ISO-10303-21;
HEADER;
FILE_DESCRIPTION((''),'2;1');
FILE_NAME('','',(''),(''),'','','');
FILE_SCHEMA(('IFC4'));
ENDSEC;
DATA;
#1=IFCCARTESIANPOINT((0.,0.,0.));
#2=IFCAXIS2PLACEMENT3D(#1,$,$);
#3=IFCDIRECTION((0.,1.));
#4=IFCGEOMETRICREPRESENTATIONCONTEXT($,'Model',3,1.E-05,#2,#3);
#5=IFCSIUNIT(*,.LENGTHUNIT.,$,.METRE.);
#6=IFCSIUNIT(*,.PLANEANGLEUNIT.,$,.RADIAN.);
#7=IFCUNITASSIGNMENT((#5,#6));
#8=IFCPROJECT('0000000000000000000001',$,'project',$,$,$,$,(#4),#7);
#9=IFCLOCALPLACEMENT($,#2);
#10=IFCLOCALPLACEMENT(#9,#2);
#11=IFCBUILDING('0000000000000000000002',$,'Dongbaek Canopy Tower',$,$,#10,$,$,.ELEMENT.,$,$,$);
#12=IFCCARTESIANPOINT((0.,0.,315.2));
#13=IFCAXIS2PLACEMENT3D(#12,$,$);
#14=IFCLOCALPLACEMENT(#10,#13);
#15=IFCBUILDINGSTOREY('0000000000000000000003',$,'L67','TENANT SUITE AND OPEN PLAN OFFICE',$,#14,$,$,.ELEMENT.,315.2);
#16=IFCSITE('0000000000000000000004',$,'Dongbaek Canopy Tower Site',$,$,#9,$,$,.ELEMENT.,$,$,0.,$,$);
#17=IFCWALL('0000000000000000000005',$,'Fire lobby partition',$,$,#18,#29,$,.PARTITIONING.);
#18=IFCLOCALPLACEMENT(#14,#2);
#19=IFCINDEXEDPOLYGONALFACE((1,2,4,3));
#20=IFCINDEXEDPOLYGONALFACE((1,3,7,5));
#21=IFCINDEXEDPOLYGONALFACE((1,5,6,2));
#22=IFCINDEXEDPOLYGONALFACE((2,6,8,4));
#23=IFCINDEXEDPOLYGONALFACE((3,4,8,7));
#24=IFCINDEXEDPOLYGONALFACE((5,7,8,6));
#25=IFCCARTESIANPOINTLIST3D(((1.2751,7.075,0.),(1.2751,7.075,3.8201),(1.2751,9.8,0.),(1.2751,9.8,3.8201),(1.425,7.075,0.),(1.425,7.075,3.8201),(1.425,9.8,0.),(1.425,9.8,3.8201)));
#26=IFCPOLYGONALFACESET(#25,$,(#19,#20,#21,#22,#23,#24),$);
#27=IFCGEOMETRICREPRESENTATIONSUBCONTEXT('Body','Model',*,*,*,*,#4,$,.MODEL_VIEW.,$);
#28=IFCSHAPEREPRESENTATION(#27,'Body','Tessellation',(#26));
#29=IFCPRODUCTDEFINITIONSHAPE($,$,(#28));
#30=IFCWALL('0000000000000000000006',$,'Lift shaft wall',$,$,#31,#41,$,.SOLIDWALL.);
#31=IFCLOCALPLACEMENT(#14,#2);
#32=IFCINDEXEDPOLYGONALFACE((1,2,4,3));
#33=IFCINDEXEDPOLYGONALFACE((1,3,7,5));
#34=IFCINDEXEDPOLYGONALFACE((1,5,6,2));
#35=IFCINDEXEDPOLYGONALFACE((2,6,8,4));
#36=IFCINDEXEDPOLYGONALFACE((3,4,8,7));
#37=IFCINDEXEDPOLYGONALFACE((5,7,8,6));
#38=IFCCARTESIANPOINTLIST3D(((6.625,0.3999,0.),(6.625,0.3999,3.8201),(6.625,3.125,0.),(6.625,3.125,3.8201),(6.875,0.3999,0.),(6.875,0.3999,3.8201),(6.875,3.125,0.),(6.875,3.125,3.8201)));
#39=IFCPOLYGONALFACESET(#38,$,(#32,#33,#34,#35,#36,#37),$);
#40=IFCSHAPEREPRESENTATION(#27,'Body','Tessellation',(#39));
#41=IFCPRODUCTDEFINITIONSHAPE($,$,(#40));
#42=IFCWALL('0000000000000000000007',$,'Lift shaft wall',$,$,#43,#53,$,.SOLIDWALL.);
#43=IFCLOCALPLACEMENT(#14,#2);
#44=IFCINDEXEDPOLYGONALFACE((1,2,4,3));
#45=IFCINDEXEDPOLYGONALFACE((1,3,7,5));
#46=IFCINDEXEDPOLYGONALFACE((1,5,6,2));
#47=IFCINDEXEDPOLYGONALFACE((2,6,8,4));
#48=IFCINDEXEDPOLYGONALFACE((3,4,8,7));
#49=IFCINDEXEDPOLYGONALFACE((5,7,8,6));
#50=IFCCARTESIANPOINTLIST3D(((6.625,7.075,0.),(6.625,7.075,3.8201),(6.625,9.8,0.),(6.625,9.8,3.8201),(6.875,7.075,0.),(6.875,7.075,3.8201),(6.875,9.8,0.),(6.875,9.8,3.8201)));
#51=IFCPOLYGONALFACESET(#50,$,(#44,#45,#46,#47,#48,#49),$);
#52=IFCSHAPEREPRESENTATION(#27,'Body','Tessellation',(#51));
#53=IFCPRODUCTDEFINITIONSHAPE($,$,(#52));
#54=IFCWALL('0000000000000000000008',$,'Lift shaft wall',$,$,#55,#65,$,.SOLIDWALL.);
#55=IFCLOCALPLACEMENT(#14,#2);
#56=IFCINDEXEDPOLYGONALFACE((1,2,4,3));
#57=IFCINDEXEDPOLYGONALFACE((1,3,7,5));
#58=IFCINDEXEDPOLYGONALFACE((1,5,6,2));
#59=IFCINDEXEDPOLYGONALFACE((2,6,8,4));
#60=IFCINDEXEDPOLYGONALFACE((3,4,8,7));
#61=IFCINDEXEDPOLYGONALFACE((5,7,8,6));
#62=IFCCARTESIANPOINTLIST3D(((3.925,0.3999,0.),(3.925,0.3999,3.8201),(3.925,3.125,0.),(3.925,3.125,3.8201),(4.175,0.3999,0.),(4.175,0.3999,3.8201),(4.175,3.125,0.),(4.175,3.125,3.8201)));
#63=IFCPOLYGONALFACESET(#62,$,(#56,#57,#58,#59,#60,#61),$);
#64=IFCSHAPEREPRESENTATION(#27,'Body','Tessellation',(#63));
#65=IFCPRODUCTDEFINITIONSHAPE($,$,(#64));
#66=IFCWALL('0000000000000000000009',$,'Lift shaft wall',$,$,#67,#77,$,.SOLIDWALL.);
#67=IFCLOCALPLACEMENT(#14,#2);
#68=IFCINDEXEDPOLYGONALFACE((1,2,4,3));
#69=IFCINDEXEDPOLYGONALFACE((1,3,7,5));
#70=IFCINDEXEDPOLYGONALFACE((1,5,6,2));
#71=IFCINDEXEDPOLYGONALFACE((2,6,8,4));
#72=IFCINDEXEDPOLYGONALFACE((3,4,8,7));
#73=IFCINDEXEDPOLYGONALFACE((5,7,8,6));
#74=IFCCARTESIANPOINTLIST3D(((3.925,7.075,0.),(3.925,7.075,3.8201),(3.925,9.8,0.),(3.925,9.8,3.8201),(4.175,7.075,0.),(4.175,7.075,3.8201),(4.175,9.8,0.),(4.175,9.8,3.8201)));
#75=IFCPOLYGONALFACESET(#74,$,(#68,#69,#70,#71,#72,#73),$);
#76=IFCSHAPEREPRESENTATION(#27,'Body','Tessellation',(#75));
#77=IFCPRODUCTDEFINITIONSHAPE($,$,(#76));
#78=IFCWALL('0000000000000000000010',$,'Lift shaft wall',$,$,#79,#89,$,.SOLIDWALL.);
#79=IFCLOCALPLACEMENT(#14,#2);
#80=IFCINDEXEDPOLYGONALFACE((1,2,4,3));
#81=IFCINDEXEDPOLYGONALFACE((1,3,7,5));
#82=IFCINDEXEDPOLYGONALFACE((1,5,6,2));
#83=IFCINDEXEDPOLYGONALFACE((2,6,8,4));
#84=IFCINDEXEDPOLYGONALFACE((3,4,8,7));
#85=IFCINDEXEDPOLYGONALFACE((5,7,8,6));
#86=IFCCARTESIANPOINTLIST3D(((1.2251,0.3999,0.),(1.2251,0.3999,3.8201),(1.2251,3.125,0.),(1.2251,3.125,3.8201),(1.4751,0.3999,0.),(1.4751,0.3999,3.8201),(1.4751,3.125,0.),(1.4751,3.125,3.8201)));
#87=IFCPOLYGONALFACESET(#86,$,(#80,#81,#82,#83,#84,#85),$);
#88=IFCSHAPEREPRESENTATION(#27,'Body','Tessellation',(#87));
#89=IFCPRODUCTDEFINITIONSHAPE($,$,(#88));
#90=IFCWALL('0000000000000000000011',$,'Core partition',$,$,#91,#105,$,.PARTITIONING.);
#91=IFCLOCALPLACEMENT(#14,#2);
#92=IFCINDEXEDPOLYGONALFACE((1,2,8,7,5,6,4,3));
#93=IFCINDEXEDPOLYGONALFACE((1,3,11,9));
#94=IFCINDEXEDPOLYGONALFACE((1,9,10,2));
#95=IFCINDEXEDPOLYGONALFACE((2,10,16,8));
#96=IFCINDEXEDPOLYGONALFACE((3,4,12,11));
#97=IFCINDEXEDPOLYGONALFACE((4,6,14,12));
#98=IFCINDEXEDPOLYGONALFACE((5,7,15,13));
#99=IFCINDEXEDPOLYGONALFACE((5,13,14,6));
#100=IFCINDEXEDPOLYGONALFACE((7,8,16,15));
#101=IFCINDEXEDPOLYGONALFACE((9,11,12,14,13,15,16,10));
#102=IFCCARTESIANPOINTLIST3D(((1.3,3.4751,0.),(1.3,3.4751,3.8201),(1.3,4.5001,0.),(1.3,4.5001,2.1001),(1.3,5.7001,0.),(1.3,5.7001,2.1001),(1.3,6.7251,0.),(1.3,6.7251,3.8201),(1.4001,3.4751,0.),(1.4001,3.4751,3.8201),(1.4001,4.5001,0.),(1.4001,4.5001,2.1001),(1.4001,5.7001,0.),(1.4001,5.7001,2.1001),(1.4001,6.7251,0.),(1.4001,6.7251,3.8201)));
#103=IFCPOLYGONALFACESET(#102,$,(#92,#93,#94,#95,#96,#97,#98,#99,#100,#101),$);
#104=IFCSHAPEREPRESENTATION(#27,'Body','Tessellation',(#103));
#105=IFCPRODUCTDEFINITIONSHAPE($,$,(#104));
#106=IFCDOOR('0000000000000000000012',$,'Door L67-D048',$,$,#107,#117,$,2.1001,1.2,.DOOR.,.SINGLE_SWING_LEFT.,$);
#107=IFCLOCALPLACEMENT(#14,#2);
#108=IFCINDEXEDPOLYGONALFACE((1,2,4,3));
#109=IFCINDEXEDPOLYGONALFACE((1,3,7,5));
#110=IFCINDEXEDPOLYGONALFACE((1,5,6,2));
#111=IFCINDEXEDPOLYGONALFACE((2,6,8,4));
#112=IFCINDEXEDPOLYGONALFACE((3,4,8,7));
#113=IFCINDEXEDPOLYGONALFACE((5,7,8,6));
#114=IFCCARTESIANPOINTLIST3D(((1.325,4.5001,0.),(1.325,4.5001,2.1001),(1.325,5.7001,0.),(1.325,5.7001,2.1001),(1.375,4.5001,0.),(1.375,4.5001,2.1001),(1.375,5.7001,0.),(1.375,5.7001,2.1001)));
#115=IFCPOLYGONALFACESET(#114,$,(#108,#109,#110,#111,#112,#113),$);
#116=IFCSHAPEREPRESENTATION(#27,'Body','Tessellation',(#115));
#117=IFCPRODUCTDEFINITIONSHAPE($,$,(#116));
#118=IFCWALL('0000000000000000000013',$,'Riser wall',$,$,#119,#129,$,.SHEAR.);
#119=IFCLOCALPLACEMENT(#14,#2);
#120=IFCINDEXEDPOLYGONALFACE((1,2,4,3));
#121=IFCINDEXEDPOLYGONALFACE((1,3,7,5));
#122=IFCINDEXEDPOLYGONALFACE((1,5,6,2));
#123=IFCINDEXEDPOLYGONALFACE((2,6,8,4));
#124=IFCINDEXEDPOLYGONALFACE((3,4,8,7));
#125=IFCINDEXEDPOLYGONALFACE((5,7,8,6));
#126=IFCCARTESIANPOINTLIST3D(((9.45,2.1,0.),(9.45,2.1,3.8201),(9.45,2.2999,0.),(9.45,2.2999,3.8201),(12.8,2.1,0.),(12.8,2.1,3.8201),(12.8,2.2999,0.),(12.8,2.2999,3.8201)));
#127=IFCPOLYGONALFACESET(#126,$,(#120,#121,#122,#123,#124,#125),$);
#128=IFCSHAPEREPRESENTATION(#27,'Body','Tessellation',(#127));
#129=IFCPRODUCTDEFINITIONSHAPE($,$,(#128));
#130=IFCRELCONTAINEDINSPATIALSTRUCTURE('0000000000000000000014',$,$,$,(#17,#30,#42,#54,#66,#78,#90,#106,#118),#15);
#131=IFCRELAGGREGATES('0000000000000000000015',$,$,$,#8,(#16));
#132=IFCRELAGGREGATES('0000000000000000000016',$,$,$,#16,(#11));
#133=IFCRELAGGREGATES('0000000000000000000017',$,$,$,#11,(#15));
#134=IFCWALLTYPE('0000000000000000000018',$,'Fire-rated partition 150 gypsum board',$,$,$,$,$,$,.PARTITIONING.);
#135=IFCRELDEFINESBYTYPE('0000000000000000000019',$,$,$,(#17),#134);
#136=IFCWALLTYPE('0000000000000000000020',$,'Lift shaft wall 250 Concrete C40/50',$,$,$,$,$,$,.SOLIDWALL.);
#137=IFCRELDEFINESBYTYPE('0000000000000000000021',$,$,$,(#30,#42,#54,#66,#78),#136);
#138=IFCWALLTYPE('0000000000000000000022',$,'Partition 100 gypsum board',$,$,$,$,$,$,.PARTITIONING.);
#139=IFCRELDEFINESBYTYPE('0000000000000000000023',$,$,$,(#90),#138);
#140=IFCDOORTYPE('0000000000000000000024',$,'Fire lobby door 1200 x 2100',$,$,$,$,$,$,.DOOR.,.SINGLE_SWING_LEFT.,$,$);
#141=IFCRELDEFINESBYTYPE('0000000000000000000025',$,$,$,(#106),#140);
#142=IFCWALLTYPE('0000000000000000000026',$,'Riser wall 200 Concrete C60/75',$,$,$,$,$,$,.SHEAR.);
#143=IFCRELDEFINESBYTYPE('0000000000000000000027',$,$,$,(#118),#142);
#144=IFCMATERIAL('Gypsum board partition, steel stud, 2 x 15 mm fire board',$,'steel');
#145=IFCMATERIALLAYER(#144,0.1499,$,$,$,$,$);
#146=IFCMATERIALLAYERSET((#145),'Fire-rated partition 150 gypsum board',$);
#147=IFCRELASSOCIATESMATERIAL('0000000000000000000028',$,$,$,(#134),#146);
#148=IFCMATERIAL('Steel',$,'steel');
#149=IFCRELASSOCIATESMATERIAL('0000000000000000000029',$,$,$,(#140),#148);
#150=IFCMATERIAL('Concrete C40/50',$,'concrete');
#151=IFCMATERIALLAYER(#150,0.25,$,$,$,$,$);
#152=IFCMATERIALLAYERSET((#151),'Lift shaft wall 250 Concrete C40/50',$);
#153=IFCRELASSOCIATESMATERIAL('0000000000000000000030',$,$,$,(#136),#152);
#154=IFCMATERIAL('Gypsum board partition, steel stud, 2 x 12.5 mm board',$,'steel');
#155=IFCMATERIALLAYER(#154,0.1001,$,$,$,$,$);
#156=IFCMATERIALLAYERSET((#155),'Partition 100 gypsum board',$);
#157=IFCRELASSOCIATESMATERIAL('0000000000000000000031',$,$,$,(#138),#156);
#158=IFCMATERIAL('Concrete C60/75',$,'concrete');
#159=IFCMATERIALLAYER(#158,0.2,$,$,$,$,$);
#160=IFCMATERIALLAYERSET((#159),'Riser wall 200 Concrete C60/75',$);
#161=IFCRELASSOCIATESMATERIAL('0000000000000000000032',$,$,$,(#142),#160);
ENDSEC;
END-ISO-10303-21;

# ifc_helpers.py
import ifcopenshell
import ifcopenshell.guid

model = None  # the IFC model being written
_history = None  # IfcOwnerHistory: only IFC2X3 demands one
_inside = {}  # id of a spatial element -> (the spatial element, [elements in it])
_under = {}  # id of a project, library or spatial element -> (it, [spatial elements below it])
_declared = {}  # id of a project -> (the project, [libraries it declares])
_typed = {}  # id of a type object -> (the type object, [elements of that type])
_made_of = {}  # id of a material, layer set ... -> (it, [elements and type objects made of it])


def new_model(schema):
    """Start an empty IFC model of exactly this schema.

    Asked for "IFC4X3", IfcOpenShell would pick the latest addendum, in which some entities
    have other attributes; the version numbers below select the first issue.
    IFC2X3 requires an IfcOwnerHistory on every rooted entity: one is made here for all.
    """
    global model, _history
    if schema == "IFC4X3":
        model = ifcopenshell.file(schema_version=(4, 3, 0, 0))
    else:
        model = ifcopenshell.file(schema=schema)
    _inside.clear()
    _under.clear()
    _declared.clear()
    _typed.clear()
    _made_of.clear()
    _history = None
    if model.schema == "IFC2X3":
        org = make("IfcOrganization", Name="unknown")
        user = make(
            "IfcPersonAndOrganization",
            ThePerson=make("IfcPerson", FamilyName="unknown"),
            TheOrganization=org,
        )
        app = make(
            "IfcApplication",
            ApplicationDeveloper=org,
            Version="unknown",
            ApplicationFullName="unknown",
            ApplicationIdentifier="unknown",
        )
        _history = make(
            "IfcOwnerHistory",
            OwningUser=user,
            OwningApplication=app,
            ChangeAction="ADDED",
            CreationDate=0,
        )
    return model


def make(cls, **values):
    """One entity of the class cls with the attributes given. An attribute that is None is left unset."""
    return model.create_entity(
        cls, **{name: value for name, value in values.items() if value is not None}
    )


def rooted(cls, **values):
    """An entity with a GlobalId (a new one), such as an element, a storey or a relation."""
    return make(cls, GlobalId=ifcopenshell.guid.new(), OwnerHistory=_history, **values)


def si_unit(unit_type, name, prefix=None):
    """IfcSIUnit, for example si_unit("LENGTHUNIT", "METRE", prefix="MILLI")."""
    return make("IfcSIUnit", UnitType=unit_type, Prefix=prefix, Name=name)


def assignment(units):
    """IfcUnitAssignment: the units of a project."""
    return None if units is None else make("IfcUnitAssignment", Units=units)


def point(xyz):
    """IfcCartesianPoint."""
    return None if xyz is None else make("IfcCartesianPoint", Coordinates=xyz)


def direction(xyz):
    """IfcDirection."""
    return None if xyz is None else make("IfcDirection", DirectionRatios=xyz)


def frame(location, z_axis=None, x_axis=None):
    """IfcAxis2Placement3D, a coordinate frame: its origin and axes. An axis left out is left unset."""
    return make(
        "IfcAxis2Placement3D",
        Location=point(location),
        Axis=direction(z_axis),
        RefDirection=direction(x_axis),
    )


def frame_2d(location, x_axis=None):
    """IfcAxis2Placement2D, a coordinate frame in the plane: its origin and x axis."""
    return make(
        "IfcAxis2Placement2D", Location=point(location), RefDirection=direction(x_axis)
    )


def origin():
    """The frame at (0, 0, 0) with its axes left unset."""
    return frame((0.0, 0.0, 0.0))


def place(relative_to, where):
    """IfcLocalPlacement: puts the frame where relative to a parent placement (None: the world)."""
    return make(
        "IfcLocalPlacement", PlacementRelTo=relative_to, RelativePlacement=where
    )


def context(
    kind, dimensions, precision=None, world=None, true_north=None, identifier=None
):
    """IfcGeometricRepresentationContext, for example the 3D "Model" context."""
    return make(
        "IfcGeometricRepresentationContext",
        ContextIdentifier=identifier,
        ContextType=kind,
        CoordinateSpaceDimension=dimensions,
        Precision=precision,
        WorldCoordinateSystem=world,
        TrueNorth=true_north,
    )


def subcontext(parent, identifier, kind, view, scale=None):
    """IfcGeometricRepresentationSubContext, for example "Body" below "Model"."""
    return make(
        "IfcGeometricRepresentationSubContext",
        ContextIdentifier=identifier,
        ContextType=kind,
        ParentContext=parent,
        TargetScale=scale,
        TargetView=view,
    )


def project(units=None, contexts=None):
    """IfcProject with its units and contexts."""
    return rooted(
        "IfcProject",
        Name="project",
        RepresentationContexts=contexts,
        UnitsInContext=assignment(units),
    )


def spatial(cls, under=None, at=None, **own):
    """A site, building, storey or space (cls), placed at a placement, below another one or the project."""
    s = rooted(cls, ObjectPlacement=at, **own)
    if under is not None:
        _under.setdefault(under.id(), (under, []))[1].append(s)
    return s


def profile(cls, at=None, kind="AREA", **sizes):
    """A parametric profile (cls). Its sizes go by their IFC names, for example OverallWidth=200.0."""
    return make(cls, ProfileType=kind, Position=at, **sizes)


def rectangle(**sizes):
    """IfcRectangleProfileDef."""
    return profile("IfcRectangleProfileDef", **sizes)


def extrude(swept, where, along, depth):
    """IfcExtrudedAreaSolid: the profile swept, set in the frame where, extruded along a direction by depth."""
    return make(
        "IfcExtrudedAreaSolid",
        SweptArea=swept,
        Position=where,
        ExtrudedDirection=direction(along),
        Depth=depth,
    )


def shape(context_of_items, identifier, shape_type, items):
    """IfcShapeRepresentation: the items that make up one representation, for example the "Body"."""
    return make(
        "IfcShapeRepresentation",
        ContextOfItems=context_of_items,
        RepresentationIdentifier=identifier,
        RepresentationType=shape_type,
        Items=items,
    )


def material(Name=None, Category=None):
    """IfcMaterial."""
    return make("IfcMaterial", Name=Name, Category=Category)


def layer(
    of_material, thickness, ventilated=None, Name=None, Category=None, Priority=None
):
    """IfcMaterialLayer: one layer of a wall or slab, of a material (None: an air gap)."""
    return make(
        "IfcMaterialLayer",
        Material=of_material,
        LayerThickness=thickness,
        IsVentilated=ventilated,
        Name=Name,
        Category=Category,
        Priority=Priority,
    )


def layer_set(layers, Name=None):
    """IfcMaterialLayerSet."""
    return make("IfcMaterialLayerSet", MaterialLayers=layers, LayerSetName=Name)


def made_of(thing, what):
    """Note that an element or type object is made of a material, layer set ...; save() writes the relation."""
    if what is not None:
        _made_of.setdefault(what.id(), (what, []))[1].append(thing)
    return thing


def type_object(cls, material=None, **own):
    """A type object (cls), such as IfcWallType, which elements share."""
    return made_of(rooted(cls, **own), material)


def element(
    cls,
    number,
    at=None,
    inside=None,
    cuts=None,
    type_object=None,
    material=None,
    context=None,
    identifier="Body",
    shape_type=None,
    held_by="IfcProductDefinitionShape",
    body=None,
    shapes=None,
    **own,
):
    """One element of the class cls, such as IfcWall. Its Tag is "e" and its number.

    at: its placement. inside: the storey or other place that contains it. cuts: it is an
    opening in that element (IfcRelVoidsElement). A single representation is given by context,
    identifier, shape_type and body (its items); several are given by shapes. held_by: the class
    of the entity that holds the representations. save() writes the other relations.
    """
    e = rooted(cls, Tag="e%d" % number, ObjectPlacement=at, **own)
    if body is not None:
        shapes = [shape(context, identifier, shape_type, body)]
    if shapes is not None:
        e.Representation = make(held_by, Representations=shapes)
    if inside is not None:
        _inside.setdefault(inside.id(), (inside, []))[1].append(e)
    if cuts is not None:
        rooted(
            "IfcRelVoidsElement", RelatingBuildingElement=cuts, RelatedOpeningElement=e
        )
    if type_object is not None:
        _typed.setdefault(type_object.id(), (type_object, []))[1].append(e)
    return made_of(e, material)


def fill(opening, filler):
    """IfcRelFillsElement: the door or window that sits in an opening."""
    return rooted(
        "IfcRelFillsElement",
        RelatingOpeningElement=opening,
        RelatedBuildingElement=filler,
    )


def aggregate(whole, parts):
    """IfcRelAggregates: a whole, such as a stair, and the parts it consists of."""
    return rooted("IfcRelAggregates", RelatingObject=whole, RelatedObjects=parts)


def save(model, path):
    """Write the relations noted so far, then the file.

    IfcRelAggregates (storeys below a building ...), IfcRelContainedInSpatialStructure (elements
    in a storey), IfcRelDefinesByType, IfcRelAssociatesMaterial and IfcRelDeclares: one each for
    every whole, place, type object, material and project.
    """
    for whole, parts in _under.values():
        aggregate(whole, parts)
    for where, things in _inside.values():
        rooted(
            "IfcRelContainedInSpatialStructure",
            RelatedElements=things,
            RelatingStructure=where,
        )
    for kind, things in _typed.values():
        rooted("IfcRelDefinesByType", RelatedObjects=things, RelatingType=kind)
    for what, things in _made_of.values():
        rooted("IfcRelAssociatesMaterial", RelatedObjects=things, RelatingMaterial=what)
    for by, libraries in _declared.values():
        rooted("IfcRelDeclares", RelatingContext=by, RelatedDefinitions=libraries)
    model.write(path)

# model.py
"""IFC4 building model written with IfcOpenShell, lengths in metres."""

from ifc_helpers import new_model, si_unit, direction, frame, frame_2d, origin, place, context, subcontext, project, spatial, rectangle, extrude, material, layer, layer_set, type_object, element, fill, save


model = new_model("IFC4")

# Units and contexts
model_context = context("Model", 3, precision=1e-05, world=origin(), true_north=direction((0.0, 1.0)))
body_context = subcontext(model_context, "Body", "Model", "MODEL_VIEW")
ifc_project = project(units=[si_unit("LENGTHUNIT", "METRE"), si_unit("PLANEANGLEUNIT", "RADIAN")], contexts=[model_context])

# Site, building, storey
site_placement = place(None, origin())
site = spatial("IfcSite", under=ifc_project, at=site_placement, Name="Dongbaek Canopy Tower Site", CompositionType="ELEMENT", RefElevation=0.0)
building_placement = place(site_placement, origin())
building = spatial("IfcBuilding", under=site, at=building_placement, Name="Dongbaek Canopy Tower", CompositionType="ELEMENT")
storey_placement = place(building_placement, frame((0.0, 0.0, 315.2)))
storey = spatial("IfcBuildingStorey", under=building, at=storey_placement, Name="L67", Description="TENANT SUITE AND OPEN PLAN OFFICE", CompositionType="ELEMENT", Elevation=315.2)

# Shared definitions
ifc_material_1 = material(Name="Gypsum board partition, steel stud, 2 x 15 mm fire board", Category="steel")
ifc_layer_1 = layer(ifc_material_1, 0.1499)
ifc_layer_set_1 = layer_set([ifc_layer_1], Name="Fire-rated partition 150 gypsum board")
wall_type_1 = type_object("IfcWallType", Name="Fire-rated partition 150 gypsum board", PredefinedType="PARTITIONING", material=ifc_layer_set_1)
ifc_material_2 = material(Name="Steel", Category="steel")
door_type_1 = type_object("IfcDoorType", Name="Fire lobby door 1200 x 2100", OperationType="SINGLE_SWING_LEFT", PredefinedType="DOOR", material=ifc_material_2)

# Walls
wall_1_placement = place(storey_placement, frame((1.3501, 7.075, 0.0), z_axis=(0.0, 0.0, 1.0), x_axis=(0.0, 1.0, 0.0)))
element("IfcWall", 1, at=wall_1_placement, inside=storey, type_object=wall_type_1, Name="Fire lobby partition", PredefinedType="PARTITIONING", context=body_context, shape_type="SweptSolid", body=[
    extrude(rectangle(XDim=2.7251, YDim=0.1499, at=frame_2d((1.3625, 0.0))), origin(), (0.0, 0.0, 1.0), 3.8201),
])
ifc_material_3 = material(Name="Concrete C40/50", Category="concrete")
ifc_layer_2 = layer(ifc_material_3, 0.25)
ifc_layer_set_2 = layer_set([ifc_layer_2], Name="Lift shaft wall 250 Concrete C40/50")
wall_type_2 = type_object("IfcWallType", Name="Lift shaft wall 250 Concrete C40/50", PredefinedType="SOLIDWALL", material=ifc_layer_set_2)
for number, where, z_axis, x_axis, name in (
    (2, (6.75, 0.3999, 0.0), (0.0, 0.0, 1.0), (0.0, 1.0, 0.0), "Lift shaft wall"),
    (3, (6.75, 7.075, 0.0), (0.0, 0.0, 1.0), (0.0, 1.0, 0.0), "Lift shaft wall"),
    (4, (4.05, 0.3999, 0.0), (0.0, 0.0, 1.0), (0.0, 1.0, 0.0), "Lift shaft wall"),
    (5, (4.05, 7.075, 0.0), (0.0, 0.0, 1.0), (0.0, 1.0, 0.0), "Lift shaft wall"),
    (6, (1.3501, 0.3999, 0.0), (0.0, 0.0, 1.0), (0.0, 1.0, 0.0), "Lift shaft wall"),
):
    element("IfcWall", number, at=place(storey_placement, frame(where, z_axis=z_axis, x_axis=x_axis)), inside=storey, type_object=wall_type_2, Name=name, PredefinedType="SOLIDWALL", context=body_context, shape_type="SweptSolid", body=[
        extrude(rectangle(XDim=2.7251, YDim=0.25, at=frame_2d((1.3625, 0.0))), origin(), (0.0, 0.0, 1.0), 3.8201),
    ])

# Wall, opening, door
ifc_material_4 = material(Name="Gypsum board partition, steel stud, 2 x 12.5 mm board", Category="steel")
ifc_layer_3 = layer(ifc_material_4, 0.1001)
ifc_layer_set_3 = layer_set([ifc_layer_3], Name="Partition 100 gypsum board")
wall_type_3 = type_object("IfcWallType", Name="Partition 100 gypsum board", PredefinedType="PARTITIONING", material=ifc_layer_set_3)
wall_2_placement = place(storey_placement, frame((1.3501, 6.7251, 0.0), z_axis=(0.0, 0.0, 1.0), x_axis=(0.0, -1.0, 0.0)))
wall_2 = element("IfcWall", 7, at=wall_2_placement, inside=storey, type_object=wall_type_3, Name="Core partition", PredefinedType="PARTITIONING", context=body_context, shape_type="SweptSolid", body=[
    extrude(rectangle(XDim=3.25, YDim=0.1001, at=frame_2d((1.625, 0.0))), origin(), (0.0, 0.0, 1.0), 3.8201),
])
opening_1_placement = place(wall_2_placement, frame((1.0249, 0.0, 0.0)))
opening_1 = element("IfcOpeningElement", 8, at=opening_1_placement, cuts=wall_2, PredefinedType="OPENING", context=body_context, shape_type="SweptSolid", body=[
    extrude(rectangle(XDim=1.2, YDim=2.1001, at=frame_2d((0.6001, 1.05))), frame((0.0, 0.0601, 0.0), z_axis=(0.0, -1.0, 0.0), x_axis=(1.0, 0.0, 0.0)), (0.0, 0.0, 1.0), 0.1201),
])
door_1_placement = place(opening_1_placement, origin())
door_1 = element("IfcDoor", 9, at=door_1_placement, inside=storey, type_object=door_type_1, Name="Door L67-D048", OperationType="SINGLE_SWING_LEFT", OverallHeight=2.1001, OverallWidth=1.2, PredefinedType="DOOR", context=body_context, shape_type="SweptSolid", body=[
    extrude(rectangle(XDim=1.2, YDim=2.1001, at=frame_2d((0.6001, 1.05))), frame((0.0, 0.0249, 0.0), z_axis=(0.0, -1.0, 0.0), x_axis=(1.0, 0.0, 0.0)), (0.0, 0.0, 1.0), 0.05),
])
fill(opening_1, door_1)

# Wall
ifc_material_5 = material(Name="Concrete C60/75", Category="concrete")
ifc_layer_4 = layer(ifc_material_5, 0.2)
ifc_layer_set_4 = layer_set([ifc_layer_4], Name="Riser wall 200 Concrete C60/75")
wall_type_4 = type_object("IfcWallType", Name="Riser wall 200 Concrete C60/75", PredefinedType="SHEAR", material=ifc_layer_set_4)
wall_3_placement = place(storey_placement, frame((9.45, 2.2, 0.0), z_axis=(0.0, 0.0, 1.0), x_axis=(1.0, 0.0, 0.0)))
element("IfcWall", 10, at=wall_3_placement, inside=storey, type_object=wall_type_4, Name="Riser wall", PredefinedType="SHEAR", context=body_context, shape_type="SweptSolid", body=[
    extrude(rectangle(XDim=3.3501, YDim=0.2, at=frame_2d((1.675, 0.0))), origin(), (0.0, 0.0, 1.0), 3.8201),
])

save(model, "model.ifc")
